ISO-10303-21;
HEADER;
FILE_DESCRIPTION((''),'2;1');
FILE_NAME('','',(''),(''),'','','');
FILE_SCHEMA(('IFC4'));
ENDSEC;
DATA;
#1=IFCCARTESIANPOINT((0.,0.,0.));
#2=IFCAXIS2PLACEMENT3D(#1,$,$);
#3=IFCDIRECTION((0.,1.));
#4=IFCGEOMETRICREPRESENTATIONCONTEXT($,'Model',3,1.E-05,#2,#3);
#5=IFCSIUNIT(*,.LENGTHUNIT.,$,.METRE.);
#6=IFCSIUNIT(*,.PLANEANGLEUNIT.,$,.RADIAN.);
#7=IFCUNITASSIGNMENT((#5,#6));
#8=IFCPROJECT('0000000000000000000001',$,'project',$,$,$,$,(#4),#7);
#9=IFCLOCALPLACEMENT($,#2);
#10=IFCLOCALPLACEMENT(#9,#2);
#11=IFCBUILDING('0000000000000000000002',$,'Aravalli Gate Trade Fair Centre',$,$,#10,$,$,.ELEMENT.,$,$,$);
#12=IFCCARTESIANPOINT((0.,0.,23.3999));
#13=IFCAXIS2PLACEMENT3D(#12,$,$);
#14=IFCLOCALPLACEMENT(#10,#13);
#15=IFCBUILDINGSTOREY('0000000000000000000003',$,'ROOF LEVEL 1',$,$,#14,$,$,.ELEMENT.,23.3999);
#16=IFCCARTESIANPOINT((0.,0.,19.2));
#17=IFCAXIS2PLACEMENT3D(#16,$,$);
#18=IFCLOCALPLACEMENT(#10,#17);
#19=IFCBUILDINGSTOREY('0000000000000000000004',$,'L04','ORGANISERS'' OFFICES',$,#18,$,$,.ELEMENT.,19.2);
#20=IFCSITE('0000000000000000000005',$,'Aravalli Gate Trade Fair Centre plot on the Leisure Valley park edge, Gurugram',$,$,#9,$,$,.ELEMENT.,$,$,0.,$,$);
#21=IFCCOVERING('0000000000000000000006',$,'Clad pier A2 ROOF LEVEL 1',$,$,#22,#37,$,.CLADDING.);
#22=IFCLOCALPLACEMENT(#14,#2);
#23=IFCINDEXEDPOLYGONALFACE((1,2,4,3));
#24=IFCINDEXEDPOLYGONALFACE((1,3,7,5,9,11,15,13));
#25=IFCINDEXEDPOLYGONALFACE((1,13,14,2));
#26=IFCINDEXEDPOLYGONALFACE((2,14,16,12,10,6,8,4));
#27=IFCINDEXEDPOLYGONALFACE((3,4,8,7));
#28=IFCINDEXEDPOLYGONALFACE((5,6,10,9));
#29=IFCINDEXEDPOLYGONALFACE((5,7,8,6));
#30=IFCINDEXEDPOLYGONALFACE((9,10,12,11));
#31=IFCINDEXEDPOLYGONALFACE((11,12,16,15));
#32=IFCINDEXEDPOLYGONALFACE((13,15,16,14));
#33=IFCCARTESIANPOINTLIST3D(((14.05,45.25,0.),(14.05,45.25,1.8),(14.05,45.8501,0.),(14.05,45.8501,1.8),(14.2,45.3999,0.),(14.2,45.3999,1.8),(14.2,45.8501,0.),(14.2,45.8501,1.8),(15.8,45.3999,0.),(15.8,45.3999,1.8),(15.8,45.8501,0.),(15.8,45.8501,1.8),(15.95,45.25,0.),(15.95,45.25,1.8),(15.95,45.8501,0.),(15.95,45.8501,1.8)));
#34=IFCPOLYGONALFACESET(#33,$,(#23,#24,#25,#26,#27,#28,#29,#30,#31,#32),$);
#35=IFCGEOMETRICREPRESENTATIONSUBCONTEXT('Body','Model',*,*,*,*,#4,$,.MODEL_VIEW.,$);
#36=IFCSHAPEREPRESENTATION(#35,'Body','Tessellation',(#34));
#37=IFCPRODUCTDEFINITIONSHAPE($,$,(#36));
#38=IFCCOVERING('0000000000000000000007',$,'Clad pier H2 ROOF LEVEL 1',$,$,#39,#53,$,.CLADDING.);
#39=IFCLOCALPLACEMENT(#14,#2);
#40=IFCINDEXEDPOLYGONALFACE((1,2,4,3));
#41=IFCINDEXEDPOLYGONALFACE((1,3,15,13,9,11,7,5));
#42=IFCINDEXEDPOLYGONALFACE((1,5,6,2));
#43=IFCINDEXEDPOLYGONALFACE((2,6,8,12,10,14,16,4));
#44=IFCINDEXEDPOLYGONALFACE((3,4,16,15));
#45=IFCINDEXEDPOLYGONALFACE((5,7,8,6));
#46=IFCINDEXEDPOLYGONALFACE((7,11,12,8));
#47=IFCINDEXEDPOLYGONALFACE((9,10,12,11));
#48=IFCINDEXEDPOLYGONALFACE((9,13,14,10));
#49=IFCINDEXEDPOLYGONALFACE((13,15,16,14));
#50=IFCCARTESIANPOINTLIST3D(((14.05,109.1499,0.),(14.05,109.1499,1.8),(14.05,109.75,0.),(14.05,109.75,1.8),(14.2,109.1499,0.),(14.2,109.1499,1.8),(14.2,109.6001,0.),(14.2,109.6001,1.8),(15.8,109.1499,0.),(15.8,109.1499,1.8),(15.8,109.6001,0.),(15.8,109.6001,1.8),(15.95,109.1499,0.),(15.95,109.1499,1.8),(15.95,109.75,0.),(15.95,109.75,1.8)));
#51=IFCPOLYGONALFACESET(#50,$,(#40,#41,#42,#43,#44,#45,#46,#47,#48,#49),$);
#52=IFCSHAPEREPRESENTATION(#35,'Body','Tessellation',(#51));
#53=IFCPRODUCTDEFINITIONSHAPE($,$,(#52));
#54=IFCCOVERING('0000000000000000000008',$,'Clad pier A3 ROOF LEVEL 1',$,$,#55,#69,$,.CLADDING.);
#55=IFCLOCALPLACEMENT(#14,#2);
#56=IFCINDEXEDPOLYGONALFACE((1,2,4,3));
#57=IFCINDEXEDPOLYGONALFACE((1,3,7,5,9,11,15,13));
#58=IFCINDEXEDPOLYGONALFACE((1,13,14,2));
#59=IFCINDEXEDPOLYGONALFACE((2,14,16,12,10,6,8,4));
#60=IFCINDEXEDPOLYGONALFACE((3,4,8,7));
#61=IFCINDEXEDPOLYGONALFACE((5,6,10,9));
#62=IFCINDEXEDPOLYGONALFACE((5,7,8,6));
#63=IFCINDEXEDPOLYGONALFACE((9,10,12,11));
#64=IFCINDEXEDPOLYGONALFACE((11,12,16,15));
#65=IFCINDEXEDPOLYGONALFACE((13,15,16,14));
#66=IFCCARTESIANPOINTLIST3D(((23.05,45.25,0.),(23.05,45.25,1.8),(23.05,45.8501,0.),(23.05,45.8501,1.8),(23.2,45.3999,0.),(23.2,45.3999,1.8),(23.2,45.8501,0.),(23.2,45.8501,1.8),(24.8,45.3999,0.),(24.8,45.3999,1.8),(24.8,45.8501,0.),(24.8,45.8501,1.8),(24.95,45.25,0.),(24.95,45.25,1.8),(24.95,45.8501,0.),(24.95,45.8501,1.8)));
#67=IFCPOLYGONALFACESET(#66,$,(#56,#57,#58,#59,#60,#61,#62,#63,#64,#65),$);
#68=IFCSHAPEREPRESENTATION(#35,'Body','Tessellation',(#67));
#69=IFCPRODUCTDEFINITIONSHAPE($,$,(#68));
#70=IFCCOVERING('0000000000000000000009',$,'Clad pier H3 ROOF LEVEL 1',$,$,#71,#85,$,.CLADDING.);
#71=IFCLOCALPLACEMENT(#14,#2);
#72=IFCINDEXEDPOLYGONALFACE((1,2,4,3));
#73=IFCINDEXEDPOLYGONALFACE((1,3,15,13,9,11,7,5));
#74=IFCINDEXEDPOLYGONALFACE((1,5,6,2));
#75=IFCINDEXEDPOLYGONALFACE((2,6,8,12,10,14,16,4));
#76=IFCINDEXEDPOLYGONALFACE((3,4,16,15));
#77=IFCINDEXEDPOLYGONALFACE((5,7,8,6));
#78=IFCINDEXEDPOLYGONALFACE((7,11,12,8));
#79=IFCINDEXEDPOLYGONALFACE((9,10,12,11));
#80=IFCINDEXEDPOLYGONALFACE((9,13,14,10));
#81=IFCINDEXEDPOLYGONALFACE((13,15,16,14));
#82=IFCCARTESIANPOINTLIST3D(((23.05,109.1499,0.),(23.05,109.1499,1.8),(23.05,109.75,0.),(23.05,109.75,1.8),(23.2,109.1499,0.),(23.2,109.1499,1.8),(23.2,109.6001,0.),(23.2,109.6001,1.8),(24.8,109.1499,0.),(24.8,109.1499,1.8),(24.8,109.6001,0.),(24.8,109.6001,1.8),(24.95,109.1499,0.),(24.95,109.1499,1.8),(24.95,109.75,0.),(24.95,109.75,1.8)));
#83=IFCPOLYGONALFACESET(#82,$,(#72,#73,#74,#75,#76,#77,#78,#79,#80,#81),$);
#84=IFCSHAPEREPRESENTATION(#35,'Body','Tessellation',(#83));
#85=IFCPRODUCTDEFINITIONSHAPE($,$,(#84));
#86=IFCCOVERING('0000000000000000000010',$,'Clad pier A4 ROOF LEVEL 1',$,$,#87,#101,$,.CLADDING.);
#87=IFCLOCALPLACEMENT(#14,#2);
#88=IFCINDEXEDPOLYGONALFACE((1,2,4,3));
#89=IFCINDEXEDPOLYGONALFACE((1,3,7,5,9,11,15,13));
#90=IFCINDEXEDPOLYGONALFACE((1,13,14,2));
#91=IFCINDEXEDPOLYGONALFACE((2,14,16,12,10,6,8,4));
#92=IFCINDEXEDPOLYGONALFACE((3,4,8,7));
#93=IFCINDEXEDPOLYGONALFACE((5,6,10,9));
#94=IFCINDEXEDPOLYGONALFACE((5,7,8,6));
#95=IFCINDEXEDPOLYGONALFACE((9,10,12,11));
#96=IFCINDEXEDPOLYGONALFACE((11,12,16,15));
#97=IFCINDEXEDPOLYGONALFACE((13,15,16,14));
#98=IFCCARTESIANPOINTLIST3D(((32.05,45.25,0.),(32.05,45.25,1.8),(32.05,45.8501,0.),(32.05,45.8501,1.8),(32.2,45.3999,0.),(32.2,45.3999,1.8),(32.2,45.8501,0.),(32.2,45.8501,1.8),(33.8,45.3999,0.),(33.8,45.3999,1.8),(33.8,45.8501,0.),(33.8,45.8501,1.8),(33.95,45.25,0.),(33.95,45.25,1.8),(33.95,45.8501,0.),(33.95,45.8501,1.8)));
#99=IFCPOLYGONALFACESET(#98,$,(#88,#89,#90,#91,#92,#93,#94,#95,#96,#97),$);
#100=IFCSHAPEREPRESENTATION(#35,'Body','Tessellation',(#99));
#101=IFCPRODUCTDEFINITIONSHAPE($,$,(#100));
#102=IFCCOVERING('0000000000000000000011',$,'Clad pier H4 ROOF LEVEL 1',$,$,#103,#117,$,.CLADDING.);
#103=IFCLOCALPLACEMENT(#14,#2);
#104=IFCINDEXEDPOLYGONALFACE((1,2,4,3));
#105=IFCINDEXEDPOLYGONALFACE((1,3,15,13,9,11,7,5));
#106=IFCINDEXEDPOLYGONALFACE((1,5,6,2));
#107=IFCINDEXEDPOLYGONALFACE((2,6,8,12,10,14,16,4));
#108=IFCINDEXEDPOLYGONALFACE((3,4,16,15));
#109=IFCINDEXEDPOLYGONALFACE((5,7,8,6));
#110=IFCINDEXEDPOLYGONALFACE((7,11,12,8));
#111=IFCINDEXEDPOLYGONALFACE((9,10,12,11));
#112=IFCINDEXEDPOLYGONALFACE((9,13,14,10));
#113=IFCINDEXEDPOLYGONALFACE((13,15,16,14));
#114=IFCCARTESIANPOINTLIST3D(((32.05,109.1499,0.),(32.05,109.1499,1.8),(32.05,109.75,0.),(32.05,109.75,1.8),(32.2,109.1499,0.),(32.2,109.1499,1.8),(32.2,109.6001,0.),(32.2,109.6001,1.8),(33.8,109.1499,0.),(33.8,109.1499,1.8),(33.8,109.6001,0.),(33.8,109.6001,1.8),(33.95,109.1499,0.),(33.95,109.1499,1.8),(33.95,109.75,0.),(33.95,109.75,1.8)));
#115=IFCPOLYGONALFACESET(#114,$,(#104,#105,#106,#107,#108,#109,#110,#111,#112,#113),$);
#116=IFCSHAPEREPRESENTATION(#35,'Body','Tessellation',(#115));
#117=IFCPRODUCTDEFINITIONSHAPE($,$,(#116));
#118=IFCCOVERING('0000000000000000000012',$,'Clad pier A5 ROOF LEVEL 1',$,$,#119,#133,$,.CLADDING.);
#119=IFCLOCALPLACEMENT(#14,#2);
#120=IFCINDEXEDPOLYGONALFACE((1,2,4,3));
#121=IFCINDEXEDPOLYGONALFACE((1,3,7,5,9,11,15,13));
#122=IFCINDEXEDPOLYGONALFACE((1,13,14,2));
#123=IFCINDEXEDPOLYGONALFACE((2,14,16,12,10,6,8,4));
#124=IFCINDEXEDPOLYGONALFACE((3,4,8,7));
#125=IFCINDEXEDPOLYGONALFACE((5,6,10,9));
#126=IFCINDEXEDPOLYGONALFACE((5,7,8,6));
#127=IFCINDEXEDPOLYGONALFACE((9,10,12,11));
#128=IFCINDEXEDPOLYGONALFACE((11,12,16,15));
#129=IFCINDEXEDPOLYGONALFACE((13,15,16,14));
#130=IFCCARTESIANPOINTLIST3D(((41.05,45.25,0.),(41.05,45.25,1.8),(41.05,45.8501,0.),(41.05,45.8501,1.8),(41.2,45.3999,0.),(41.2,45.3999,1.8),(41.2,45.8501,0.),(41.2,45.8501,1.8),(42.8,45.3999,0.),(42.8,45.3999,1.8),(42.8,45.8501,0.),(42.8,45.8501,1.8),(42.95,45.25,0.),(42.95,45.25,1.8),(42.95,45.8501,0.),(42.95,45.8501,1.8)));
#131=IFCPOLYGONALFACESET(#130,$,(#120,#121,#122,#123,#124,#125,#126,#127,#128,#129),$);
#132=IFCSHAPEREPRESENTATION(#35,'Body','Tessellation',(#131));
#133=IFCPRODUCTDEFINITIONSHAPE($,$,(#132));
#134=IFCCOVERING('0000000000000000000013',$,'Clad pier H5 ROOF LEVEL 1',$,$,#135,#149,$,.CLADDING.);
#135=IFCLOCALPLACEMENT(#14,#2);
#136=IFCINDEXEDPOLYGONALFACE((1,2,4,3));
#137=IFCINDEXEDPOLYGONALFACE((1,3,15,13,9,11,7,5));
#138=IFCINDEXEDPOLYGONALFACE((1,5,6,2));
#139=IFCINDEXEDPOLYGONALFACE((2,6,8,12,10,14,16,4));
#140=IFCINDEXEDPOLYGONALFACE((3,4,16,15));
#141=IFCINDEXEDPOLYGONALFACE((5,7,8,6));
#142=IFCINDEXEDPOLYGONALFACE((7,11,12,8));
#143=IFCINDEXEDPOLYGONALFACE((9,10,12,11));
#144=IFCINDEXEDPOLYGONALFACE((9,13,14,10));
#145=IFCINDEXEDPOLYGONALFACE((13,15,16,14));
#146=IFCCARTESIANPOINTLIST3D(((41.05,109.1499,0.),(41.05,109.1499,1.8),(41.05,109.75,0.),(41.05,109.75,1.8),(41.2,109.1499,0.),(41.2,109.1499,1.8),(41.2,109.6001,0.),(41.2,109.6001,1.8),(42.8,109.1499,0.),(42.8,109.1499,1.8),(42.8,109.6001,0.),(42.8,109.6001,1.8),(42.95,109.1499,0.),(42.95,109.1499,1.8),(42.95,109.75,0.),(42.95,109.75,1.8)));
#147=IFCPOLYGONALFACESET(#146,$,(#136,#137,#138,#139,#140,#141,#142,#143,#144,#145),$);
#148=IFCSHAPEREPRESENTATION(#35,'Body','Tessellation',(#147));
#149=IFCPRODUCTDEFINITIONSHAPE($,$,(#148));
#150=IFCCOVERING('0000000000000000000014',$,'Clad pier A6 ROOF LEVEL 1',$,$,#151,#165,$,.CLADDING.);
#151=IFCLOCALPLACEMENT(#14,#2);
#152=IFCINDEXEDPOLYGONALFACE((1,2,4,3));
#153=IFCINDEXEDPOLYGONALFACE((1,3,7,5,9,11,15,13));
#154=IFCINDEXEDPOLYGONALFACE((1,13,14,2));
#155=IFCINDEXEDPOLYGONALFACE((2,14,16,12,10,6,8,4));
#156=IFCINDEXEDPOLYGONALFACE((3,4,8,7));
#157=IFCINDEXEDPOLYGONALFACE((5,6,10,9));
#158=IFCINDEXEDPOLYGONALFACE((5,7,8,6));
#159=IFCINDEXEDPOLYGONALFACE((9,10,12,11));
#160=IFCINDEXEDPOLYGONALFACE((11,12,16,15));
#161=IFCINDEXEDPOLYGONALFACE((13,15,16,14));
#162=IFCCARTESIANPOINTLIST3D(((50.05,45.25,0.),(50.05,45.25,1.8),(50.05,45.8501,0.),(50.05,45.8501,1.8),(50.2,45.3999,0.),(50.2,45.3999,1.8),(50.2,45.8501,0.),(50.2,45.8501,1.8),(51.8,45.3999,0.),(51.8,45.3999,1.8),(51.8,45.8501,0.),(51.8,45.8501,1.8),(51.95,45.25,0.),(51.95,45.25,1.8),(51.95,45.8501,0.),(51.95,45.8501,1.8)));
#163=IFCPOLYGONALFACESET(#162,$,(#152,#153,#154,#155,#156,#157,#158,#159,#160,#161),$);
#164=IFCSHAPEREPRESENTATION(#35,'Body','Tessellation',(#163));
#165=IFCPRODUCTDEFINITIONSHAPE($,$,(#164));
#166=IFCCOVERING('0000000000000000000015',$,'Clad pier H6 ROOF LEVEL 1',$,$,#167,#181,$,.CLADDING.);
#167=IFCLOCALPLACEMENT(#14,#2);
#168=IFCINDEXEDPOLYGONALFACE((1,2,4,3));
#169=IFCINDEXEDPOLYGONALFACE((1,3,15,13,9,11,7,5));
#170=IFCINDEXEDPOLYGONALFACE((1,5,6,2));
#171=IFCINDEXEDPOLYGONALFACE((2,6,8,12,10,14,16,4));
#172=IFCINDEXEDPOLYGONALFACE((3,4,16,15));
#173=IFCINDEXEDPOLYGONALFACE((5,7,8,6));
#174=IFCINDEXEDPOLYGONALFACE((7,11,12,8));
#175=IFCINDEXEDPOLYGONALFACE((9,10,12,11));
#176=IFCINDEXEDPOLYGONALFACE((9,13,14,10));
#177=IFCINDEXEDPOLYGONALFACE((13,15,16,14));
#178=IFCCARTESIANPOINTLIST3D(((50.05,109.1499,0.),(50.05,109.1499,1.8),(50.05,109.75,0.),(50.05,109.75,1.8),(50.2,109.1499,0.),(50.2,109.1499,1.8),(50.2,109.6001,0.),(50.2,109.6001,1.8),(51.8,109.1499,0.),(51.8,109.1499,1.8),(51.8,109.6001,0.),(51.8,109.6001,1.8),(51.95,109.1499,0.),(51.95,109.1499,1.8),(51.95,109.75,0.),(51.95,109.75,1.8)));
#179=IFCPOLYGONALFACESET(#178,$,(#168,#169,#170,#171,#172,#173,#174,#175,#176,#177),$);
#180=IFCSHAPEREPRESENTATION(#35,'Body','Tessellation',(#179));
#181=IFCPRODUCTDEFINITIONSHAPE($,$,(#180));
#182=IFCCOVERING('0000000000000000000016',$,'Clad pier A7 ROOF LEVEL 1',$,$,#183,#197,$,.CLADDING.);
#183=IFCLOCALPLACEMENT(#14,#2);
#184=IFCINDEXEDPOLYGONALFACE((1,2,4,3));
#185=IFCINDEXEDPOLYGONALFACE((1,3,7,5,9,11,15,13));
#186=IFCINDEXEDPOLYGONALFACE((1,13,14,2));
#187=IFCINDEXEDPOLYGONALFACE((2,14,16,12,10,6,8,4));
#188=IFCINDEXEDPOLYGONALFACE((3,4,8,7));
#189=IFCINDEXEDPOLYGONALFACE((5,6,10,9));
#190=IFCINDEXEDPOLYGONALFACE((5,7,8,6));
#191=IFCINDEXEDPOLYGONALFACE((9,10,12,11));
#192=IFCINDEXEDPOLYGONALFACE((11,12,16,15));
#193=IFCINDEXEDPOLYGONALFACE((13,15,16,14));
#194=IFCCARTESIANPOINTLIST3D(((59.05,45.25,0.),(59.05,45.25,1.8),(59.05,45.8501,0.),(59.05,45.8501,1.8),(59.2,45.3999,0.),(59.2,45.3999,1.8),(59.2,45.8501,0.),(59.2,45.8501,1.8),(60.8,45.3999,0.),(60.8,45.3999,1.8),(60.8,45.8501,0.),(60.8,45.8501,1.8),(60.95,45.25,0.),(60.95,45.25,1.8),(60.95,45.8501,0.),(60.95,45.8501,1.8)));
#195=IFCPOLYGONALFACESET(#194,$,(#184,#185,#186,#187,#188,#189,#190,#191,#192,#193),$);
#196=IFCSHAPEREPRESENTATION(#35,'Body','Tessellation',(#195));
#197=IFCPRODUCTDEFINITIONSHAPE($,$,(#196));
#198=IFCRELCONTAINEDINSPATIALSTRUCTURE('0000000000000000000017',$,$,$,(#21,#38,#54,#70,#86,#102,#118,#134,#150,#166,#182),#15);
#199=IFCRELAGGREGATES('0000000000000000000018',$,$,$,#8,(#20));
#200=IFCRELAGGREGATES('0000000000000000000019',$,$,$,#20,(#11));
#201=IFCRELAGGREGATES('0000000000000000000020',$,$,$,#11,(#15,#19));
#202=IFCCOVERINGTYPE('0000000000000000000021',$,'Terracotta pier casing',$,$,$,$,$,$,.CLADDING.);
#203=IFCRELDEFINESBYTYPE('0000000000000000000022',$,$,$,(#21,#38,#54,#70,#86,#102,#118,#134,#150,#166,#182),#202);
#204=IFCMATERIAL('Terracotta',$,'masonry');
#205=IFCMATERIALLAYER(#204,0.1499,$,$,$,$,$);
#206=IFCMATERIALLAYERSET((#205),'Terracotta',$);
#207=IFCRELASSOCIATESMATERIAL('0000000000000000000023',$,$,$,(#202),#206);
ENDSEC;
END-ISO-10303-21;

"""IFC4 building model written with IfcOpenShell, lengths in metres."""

from ifc_helpers import new_model, si_unit, direction, frame, origin, place, context, subcontext, project, spatial, polyline, outline, extrude, material, layer, layer_set, type_object, element, save


model = new_model("IFC4")

# Units and contexts
model_context = context("Model", 3, precision=1e-05, world=origin(), true_north=direction((0.0, 1.0)))
body_context = subcontext(model_context, "Body", "Model", "MODEL_VIEW")
ifc_project = project(units=[si_unit("LENGTHUNIT", "METRE"), si_unit("PLANEANGLEUNIT", "RADIAN")], contexts=[model_context])

# Site, building, storey
site_placement = place(None, origin())
site = spatial("IfcSite", under=ifc_project, at=site_placement, Name="Aravalli Gate Trade Fair Centre plot on the Leisure Valley park edge, Gurugram", CompositionType="ELEMENT", RefElevation=0.0)
building_placement = place(site_placement, origin())
building = spatial("IfcBuilding", under=site, at=building_placement, Name="Aravalli Gate Trade Fair Centre", CompositionType="ELEMENT")
storey_1_placement = place(building_placement, frame((0.0, 0.0, 23.3999)))
storey_1 = spatial("IfcBuildingStorey", under=building, at=storey_1_placement, Name="ROOF LEVEL 1", CompositionType="ELEMENT", Elevation=23.3999)

# Shared definitions
storey_2_placement = place(building_placement, frame((0.0, 0.0, 19.2)))
storey_2 = spatial("IfcBuildingStorey", under=building, at=storey_2_placement, Name="L04", Description="ORGANISERS' OFFICES", CompositionType="ELEMENT", Elevation=19.2)

# Coverings
ifc_material_1 = material(Name="Terracotta", Category="masonry")
ifc_layer_1 = layer(ifc_material_1, 0.1499)
ifc_layer_set_1 = layer_set([ifc_layer_1], Name="Terracotta")
covering_type_1 = type_object("IfcCoveringType", Name="Terracotta pier casing", PredefinedType="CLADDING", material=ifc_layer_set_1)
covering_1_placement = place(storey_1_placement, origin())
element("IfcCovering", 1, at=covering_1_placement, inside=storey_1, type_object=covering_type_1, Name="Clad pier A2 ROOF LEVEL 1", PredefinedType="CLADDING", context=body_context, shape_type="SweptSolid", body=[
    extrude(outline(polyline([(14.05, 45.8501), (14.2, 45.8501), (14.2, 45.3999), (15.8, 45.3999), (15.8, 45.8501), (15.95, 45.8501), (15.95, 45.25), (14.05, 45.25), (14.05, 45.8501)])), origin(), (0.0, 0.0, 1.0), 1.8),
])
covering_2_placement = place(storey_1_placement, origin())
element("IfcCovering", 2, at=covering_2_placement, inside=storey_1, type_object=covering_type_1, Name="Clad pier H2 ROOF LEVEL 1", PredefinedType="CLADDING", context=body_context, shape_type="SweptSolid", body=[
    extrude(outline(polyline([(14.05, 109.75), (15.95, 109.75), (15.95, 109.1499), (15.8, 109.1499), (15.8, 109.6001), (14.2, 109.6001), (14.2, 109.1499), (14.05, 109.1499), (14.05, 109.75)])), origin(), (0.0, 0.0, 1.0), 1.8),
])
covering_3_placement = place(storey_1_placement, origin())
element("IfcCovering", 3, at=covering_3_placement, inside=storey_1, type_object=covering_type_1, Name="Clad pier A3 ROOF LEVEL 1", PredefinedType="CLADDING", context=body_context, shape_type="SweptSolid", body=[
    extrude(outline(polyline([(23.05, 45.8501), (23.2, 45.8501), (23.2, 45.3999), (24.8, 45.3999), (24.8, 45.8501), (24.95, 45.8501), (24.95, 45.25), (23.05, 45.25), (23.05, 45.8501)])), origin(), (0.0, 0.0, 1.0), 1.8),
])
covering_4_placement = place(storey_1_placement, origin())
element("IfcCovering", 4, at=covering_4_placement, inside=storey_1, type_object=covering_type_1, Name="Clad pier H3 ROOF LEVEL 1", PredefinedType="CLADDING", context=body_context, shape_type="SweptSolid", body=[
    extrude(outline(polyline([(23.05, 109.75), (24.95, 109.75), (24.95, 109.1499), (24.8, 109.1499), (24.8, 109.6001), (23.2, 109.6001), (23.2, 109.1499), (23.05, 109.1499), (23.05, 109.75)])), origin(), (0.0, 0.0, 1.0), 1.8),
])
covering_5_placement = place(storey_1_placement, origin())
element("IfcCovering", 5, at=covering_5_placement, inside=storey_1, type_object=covering_type_1, Name="Clad pier A4 ROOF LEVEL 1", PredefinedType="CLADDING", context=body_context, shape_type="SweptSolid", body=[
    extrude(outline(polyline([(32.05, 45.8501), (32.2, 45.8501), (32.2, 45.3999), (33.8, 45.3999), (33.8, 45.8501), (33.95, 45.8501), (33.95, 45.25), (32.05, 45.25), (32.05, 45.8501)])), origin(), (0.0, 0.0, 1.0), 1.8),
])
covering_6_placement = place(storey_1_placement, origin())
element("IfcCovering", 6, at=covering_6_placement, inside=storey_1, type_object=covering_type_1, Name="Clad pier H4 ROOF LEVEL 1", PredefinedType="CLADDING", context=body_context, shape_type="SweptSolid", body=[
    extrude(outline(polyline([(32.05, 109.75), (33.95, 109.75), (33.95, 109.1499), (33.8, 109.1499), (33.8, 109.6001), (32.2, 109.6001), (32.2, 109.1499), (32.05, 109.1499), (32.05, 109.75)])), origin(), (0.0, 0.0, 1.0), 1.8),
])
covering_7_placement = place(storey_1_placement, origin())
element("IfcCovering", 7, at=covering_7_placement, inside=storey_1, type_object=covering_type_1, Name="Clad pier A5 ROOF LEVEL 1", PredefinedType="CLADDING", context=body_context, shape_type="SweptSolid", body=[
    extrude(outline(polyline([(41.05, 45.8501), (41.2, 45.8501), (41.2, 45.3999), (42.8, 45.3999), (42.8, 45.8501), (42.95, 45.8501), (42.95, 45.25), (41.05, 45.25), (41.05, 45.8501)])), origin(), (0.0, 0.0, 1.0), 1.8),
])
covering_8_placement = place(storey_1_placement, origin())
element("IfcCovering", 8, at=covering_8_placement, inside=storey_1, type_object=covering_type_1, Name="Clad pier H5 ROOF LEVEL 1", PredefinedType="CLADDING", context=body_context, shape_type="SweptSolid", body=[
    extrude(outline(polyline([(41.05, 109.75), (42.95, 109.75), (42.95, 109.1499), (42.8, 109.1499), (42.8, 109.6001), (41.2, 109.6001), (41.2, 109.1499), (41.05, 109.1499), (41.05, 109.75)])), origin(), (0.0, 0.0, 1.0), 1.8),
])
covering_9_placement = place(storey_1_placement, origin())
element("IfcCovering", 9, at=covering_9_placement, inside=storey_1, type_object=covering_type_1, Name="Clad pier A6 ROOF LEVEL 1", PredefinedType="CLADDING", context=body_context, shape_type="SweptSolid", body=[
    extrude(outline(polyline([(50.05, 45.8501), (50.2, 45.8501), (50.2, 45.3999), (51.8, 45.3999), (51.8, 45.8501), (51.95, 45.8501), (51.95, 45.25), (50.05, 45.25), (50.05, 45.8501)])), origin(), (0.0, 0.0, 1.0), 1.8),
])
covering_10_placement = place(storey_1_placement, origin())
element("IfcCovering", 10, at=covering_10_placement, inside=storey_1, type_object=covering_type_1, Name="Clad pier H6 ROOF LEVEL 1", PredefinedType="CLADDING", context=body_context, shape_type="SweptSolid", body=[
    extrude(outline(polyline([(50.05, 109.75), (51.95, 109.75), (51.95, 109.1499), (51.8, 109.1499), (51.8, 109.6001), (50.2, 109.6001), (50.2, 109.1499), (50.05, 109.1499), (50.05, 109.75)])), origin(), (0.0, 0.0, 1.0), 1.8),
])
covering_11_placement = place(storey_1_placement, origin())
element("IfcCovering", 11, at=covering_11_placement, inside=storey_1, type_object=covering_type_1, Name="Clad pier A7 ROOF LEVEL 1", PredefinedType="CLADDING", context=body_context, shape_type="SweptSolid", body=[
    extrude(outline(polyline([(59.05, 45.8501), (59.2, 45.8501), (59.2, 45.3999), (60.8, 45.3999), (60.8, 45.8501), (60.95, 45.8501), (60.95, 45.25), (59.05, 45.25), (59.05, 45.8501)])), origin(), (0.0, 0.0, 1.0), 1.8),
])

save(model, "model.ifc")
